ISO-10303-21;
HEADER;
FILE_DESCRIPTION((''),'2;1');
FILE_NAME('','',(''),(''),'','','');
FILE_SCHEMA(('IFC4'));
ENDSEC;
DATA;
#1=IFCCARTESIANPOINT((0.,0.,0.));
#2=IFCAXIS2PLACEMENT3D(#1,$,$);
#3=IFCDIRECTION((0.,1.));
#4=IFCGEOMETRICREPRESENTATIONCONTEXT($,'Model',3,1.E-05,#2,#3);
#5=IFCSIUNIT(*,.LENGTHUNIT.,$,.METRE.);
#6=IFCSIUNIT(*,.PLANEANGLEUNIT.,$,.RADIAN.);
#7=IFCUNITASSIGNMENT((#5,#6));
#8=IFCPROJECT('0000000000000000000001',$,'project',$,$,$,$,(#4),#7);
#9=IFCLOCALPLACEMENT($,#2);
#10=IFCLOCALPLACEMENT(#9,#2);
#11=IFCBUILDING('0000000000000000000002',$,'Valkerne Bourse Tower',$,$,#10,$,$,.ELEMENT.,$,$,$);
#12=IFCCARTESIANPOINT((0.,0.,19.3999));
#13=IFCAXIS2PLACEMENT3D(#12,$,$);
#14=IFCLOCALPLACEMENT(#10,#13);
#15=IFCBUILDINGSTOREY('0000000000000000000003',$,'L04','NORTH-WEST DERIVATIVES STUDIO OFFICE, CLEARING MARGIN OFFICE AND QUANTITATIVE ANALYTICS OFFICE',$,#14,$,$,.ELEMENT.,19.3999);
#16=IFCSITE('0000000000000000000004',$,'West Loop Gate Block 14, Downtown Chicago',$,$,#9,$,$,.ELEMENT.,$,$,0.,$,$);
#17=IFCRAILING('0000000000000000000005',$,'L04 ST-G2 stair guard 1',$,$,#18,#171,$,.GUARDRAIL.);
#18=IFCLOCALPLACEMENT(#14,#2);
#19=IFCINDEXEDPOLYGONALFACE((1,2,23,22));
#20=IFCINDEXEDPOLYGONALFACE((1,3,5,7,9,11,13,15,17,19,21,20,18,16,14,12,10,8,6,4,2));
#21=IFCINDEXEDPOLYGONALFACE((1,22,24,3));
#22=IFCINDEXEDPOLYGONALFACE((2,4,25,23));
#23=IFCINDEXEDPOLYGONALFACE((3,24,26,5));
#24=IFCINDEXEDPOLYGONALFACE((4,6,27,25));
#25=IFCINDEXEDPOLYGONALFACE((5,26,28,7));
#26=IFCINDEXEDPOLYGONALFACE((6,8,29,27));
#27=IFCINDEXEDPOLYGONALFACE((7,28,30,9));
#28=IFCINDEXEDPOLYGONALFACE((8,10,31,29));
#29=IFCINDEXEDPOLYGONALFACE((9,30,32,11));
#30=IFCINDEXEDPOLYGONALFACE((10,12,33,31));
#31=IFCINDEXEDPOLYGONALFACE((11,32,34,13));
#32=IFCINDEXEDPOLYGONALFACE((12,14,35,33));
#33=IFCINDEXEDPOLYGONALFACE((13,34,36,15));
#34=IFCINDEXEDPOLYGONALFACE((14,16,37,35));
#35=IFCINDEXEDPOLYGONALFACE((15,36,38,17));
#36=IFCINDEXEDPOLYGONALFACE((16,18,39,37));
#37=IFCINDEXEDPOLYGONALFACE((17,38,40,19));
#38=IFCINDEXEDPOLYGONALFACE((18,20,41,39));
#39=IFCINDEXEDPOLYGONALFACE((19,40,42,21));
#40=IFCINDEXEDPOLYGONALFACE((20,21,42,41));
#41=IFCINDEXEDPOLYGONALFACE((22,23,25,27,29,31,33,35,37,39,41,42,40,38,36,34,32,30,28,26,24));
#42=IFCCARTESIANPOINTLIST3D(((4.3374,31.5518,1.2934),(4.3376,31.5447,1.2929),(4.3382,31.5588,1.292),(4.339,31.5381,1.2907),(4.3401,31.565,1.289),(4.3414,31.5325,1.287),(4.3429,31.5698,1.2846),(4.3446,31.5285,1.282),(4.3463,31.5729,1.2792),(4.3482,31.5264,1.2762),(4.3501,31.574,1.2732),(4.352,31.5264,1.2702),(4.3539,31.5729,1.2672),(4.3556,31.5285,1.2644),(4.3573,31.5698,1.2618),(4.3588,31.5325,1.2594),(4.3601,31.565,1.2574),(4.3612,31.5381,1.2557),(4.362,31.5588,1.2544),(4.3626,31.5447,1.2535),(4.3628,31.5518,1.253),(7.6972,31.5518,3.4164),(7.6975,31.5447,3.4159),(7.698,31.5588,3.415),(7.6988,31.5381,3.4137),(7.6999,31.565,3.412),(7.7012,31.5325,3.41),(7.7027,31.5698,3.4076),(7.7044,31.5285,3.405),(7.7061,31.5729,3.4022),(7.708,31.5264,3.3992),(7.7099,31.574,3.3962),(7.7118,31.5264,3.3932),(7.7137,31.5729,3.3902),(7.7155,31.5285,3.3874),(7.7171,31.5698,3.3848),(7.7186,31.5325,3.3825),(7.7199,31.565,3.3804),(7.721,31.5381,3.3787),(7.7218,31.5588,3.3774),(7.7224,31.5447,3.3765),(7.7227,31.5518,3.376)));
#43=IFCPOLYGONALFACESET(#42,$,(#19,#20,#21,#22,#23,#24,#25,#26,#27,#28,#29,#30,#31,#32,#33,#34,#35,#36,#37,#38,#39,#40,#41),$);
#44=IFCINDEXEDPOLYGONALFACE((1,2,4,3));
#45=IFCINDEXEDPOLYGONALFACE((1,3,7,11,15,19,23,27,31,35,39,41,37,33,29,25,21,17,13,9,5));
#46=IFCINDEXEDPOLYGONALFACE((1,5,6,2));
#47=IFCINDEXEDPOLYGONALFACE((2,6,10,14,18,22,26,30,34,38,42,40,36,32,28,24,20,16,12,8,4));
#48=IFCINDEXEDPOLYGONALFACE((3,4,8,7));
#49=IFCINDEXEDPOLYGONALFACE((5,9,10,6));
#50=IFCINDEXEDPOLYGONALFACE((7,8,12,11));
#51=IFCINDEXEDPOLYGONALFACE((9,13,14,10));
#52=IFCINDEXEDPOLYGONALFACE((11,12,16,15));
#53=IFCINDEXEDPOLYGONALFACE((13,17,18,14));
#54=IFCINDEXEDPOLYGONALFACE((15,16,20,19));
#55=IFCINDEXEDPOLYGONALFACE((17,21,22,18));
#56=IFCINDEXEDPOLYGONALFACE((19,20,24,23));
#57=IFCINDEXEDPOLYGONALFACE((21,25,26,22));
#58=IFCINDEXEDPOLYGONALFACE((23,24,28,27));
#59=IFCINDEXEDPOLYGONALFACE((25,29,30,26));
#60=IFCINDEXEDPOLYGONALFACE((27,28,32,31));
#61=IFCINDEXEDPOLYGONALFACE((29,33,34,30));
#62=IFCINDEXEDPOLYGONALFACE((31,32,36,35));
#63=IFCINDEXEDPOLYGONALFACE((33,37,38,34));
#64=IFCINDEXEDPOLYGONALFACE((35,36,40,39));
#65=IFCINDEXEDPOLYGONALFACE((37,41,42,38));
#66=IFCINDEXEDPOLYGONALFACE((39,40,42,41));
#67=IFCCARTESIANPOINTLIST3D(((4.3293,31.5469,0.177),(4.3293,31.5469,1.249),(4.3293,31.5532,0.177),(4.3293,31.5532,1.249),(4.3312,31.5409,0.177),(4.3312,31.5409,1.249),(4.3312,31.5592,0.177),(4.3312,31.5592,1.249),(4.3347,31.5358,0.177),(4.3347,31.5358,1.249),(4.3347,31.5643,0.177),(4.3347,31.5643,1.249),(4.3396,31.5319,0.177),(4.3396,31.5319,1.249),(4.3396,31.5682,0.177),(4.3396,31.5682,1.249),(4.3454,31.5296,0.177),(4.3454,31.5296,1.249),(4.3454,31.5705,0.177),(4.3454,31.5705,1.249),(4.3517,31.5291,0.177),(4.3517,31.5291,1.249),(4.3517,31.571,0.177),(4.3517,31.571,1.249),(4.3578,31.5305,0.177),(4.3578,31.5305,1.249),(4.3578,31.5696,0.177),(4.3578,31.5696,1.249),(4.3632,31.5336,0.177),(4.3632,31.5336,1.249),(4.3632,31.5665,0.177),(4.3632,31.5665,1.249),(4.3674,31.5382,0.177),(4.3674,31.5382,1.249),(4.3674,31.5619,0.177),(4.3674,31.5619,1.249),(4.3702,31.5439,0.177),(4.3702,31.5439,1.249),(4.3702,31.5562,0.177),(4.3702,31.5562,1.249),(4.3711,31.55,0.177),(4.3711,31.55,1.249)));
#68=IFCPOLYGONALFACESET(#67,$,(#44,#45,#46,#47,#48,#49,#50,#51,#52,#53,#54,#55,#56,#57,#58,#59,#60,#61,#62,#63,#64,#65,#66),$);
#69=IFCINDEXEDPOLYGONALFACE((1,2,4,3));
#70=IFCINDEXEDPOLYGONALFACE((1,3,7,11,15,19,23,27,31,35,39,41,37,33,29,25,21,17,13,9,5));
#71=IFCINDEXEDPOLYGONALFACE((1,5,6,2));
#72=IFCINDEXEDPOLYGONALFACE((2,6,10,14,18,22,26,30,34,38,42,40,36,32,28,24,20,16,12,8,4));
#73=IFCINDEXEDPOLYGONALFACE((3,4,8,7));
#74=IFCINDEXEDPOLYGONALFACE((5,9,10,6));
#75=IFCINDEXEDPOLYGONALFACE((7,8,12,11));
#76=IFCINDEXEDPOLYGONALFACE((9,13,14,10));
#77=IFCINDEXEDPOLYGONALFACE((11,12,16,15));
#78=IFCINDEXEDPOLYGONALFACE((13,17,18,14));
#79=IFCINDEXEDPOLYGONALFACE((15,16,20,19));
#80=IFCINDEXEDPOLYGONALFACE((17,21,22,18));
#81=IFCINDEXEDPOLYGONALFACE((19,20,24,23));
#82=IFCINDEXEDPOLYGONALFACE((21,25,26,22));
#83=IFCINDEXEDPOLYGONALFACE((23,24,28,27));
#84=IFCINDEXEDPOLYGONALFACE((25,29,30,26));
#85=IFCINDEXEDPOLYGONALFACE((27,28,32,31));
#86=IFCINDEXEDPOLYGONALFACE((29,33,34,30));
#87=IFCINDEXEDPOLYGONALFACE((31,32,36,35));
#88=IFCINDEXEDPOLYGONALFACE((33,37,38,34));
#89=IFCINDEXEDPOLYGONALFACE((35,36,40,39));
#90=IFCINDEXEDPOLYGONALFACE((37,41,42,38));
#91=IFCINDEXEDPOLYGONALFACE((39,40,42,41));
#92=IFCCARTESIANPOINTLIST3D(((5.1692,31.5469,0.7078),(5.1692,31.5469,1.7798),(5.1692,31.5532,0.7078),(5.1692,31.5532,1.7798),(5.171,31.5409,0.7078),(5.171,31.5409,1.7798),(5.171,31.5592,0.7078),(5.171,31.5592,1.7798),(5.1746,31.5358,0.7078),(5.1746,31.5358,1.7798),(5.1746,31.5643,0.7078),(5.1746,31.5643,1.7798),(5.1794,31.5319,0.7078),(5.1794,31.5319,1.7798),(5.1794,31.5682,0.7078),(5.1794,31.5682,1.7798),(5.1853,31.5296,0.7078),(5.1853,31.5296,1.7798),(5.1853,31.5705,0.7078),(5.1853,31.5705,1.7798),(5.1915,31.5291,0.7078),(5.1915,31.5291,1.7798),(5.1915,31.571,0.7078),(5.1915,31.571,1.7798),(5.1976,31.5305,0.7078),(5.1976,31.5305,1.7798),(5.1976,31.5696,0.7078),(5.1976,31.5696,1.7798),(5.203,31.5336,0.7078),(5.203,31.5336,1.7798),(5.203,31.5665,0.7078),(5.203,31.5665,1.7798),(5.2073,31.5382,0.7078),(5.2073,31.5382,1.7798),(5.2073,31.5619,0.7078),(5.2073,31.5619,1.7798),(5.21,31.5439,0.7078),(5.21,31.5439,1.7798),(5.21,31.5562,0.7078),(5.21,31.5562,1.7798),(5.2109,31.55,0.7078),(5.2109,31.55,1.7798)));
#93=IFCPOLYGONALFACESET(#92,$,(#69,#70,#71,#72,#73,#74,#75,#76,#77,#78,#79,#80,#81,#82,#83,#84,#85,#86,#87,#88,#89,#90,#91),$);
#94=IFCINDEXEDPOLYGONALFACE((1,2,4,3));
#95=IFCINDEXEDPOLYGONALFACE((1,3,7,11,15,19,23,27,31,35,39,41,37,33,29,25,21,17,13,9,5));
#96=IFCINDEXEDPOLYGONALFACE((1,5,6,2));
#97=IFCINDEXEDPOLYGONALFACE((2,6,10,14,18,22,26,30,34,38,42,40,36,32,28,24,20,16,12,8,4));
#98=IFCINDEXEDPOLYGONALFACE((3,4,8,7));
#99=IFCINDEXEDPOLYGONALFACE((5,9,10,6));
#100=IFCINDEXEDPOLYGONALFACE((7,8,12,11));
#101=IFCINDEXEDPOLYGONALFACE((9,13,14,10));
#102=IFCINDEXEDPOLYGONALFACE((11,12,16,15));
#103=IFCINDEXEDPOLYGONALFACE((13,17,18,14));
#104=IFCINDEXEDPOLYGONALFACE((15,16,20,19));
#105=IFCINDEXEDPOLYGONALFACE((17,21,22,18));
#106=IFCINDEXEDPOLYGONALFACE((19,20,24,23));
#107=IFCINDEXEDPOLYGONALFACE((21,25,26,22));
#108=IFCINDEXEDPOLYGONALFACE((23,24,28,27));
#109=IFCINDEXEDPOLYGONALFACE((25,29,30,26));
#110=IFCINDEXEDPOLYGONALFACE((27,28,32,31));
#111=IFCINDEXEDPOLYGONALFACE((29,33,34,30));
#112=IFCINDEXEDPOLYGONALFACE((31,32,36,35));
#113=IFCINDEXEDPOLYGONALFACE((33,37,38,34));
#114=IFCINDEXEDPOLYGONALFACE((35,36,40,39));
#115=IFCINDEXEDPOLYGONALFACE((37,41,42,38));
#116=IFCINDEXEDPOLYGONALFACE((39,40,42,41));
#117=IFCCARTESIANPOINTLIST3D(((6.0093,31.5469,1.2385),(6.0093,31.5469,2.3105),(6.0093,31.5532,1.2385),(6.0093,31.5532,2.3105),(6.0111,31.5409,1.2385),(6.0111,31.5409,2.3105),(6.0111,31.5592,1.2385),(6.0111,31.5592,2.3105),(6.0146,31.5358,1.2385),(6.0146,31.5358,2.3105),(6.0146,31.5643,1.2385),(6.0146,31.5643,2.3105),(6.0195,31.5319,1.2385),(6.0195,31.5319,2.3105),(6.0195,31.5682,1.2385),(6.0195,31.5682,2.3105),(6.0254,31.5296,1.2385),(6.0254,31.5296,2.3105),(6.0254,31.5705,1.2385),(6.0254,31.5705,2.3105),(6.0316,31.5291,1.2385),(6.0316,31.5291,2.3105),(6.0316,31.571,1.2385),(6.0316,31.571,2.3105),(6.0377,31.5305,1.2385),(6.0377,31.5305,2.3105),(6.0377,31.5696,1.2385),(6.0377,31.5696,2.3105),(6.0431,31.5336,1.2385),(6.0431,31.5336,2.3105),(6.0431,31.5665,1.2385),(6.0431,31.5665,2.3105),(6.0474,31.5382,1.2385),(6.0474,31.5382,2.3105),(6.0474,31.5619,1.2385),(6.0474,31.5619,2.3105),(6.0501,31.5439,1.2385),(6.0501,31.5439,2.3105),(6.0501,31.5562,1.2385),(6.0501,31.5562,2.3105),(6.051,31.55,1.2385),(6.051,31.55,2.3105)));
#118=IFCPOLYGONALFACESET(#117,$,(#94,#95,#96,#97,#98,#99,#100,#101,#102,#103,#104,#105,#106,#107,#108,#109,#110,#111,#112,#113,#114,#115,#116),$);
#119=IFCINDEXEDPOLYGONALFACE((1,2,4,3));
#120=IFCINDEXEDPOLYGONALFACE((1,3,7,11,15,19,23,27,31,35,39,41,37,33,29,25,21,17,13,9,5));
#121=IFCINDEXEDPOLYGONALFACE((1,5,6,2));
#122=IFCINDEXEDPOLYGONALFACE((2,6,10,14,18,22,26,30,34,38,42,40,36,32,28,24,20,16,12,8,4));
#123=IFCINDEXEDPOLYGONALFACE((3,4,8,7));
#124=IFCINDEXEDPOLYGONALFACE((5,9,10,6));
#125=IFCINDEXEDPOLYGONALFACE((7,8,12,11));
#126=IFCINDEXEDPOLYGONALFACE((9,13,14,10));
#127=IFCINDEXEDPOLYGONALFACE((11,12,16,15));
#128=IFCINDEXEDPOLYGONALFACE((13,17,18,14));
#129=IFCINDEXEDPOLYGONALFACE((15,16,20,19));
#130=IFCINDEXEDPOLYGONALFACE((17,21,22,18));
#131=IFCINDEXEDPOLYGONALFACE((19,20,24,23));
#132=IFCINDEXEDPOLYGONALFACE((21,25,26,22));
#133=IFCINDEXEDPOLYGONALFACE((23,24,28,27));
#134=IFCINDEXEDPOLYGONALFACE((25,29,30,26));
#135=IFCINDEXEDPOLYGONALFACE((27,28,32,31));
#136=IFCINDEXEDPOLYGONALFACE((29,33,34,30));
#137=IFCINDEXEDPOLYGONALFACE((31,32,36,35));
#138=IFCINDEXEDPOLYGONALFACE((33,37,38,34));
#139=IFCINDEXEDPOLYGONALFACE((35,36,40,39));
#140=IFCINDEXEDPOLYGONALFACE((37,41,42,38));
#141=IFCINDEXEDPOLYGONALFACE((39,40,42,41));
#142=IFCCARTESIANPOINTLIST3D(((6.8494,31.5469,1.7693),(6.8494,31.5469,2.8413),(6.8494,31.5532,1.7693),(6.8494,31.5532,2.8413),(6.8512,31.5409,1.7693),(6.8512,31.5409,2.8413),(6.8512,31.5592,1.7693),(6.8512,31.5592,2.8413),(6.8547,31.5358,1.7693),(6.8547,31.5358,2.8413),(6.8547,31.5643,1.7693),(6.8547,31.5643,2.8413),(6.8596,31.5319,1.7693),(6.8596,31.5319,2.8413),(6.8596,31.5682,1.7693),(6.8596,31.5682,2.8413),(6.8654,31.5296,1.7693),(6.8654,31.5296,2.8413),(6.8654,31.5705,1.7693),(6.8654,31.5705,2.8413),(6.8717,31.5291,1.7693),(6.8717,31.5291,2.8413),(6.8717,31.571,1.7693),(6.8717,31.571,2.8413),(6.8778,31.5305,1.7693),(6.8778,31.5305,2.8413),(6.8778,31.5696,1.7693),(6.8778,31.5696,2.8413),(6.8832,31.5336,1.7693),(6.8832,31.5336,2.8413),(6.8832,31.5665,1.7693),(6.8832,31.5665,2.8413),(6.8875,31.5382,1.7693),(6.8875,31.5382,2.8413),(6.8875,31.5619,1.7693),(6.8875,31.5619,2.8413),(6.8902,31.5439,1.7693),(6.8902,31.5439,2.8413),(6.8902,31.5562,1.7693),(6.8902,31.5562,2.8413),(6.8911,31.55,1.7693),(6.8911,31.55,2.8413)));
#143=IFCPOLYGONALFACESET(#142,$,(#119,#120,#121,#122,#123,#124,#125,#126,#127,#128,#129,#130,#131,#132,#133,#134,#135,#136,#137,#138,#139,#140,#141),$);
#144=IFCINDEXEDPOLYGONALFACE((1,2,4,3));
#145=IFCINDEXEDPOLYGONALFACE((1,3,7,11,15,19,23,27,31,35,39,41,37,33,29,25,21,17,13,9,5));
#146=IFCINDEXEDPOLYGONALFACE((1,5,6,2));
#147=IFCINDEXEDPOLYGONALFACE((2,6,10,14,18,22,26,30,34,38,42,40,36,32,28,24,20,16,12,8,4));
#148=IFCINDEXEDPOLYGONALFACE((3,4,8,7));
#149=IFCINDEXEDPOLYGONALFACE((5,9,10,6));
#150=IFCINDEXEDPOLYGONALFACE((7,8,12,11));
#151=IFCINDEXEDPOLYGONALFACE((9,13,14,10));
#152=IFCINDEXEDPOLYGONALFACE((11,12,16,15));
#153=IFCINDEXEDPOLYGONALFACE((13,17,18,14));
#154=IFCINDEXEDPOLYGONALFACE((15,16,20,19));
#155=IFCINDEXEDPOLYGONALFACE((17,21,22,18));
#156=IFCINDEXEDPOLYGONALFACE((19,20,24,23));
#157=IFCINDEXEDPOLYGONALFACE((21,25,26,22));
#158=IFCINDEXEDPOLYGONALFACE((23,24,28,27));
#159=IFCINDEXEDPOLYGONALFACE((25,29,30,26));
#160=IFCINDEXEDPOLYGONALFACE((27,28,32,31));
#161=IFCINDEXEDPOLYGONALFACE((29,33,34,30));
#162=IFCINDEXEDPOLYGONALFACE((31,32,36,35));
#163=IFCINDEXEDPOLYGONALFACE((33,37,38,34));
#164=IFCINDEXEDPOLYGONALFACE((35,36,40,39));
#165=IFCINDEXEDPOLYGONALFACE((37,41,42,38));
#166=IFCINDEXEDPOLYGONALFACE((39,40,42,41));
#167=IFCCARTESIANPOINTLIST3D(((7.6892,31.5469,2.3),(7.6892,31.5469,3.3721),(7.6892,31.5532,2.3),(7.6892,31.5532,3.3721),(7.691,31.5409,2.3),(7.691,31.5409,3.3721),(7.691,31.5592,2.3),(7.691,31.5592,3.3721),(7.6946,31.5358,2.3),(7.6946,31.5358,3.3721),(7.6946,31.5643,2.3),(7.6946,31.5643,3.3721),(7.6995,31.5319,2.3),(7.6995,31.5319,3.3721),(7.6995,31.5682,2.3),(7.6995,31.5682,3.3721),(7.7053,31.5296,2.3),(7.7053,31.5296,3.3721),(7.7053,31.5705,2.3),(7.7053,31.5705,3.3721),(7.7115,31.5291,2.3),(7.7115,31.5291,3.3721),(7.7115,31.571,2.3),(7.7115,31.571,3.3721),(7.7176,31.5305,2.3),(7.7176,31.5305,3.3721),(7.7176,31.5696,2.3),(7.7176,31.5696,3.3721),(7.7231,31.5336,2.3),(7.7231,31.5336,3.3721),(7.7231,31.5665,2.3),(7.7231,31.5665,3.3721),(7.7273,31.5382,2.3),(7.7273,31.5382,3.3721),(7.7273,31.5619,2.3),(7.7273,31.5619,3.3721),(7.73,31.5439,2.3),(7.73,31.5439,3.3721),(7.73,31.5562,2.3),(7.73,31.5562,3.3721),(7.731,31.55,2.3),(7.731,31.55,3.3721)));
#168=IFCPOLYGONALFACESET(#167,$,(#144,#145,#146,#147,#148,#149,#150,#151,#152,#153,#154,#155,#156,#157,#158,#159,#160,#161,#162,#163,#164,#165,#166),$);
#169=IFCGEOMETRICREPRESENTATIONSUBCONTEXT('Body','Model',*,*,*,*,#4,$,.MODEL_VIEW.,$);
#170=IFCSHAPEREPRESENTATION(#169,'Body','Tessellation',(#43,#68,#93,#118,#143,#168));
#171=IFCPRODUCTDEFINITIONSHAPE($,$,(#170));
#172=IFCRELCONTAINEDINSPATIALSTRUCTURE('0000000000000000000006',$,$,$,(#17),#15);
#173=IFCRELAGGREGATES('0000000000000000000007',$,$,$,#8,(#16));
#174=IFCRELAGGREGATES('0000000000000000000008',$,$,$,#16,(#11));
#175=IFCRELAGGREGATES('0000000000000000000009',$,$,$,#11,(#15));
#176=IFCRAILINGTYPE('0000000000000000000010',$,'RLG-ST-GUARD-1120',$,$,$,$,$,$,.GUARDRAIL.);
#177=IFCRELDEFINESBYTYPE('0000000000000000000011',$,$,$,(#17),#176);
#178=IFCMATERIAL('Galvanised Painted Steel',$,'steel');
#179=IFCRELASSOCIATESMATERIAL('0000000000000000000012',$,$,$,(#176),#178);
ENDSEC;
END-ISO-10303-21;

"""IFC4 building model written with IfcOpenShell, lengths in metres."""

from ifc_helpers import new_model, si_unit, direction, frame, origin, origin_2d, place, context, subcontext, project, spatial, circle, extrude, material, type_object, element, save


model = new_model("IFC4")

# Units and contexts
model_context = context("Model", 3, precision=1e-05, world=origin(), true_north=direction((0.0, 1.0)))
body_context = subcontext(model_context, "Body", "Model", "MODEL_VIEW")
ifc_project = project(units=[si_unit("LENGTHUNIT", "METRE"), si_unit("PLANEANGLEUNIT", "RADIAN")], contexts=[model_context])

# Site, building, storey
site_placement = place(None, origin())
site = spatial("IfcSite", under=ifc_project, at=site_placement, Name="West Loop Gate Block 14, Downtown Chicago", CompositionType="ELEMENT", RefElevation=0.0)
building_placement = place(site_placement, origin())
building = spatial("IfcBuilding", under=site, at=building_placement, Name="Valkerne Bourse Tower", CompositionType="ELEMENT")
storey_placement = place(building_placement, frame((0.0, 0.0, 19.3999)))
storey = spatial("IfcBuildingStorey", under=building, at=storey_placement, Name="L04", Description="NORTH-WEST DERIVATIVES STUDIO OFFICE, CLEARING MARGIN OFFICE AND QUANTITATIVE ANALYTICS OFFICE", CompositionType="ELEMENT", Elevation=19.3999)

# Shared definitions
ifc_material_1 = material(Name="Galvanised Painted Steel", Category="steel")

# Railing
railing_type_1 = type_object("IfcRailingType", Name="RLG-ST-GUARD-1120", PredefinedType="GUARDRAIL", material=ifc_material_1)
railing_1_placement = place(storey_placement, frame((4.3501, 31.55, 0.177)))
element("IfcRailing", 1, at=railing_1_placement, inside=storey, type_object=railing_type_1, Name="L04 ST-G2 stair guard 1", PredefinedType="GUARDRAIL", context=body_context, shape_type="SweptSolid", body=[
    extrude(circle(Radius=0.0239, at=origin_2d()), frame((0.0, 0.0, 1.0962), z_axis=(0.845372, 0.0, 0.534178), x_axis=(0.0, 1.0, 0.0)), (0.0, 0.0, 1.0), 3.9744),
    extrude(circle(Radius=0.021, at=origin_2d()), origin(), (0.0, 0.0, 1.0), 1.072),
    extrude(circle(Radius=0.021, at=origin_2d()), frame((0.8398, 0.0, 0.5308)), (0.0, 0.0, 1.0), 1.072),
    extrude(circle(Radius=0.021, at=origin_2d()), frame((1.6799, 0.0, 1.0615)), (0.0, 0.0, 1.0), 1.072),
    extrude(circle(Radius=0.021, at=origin_2d()), frame((2.52, 0.0, 1.5923)), (0.0, 0.0, 1.0), 1.072),
    extrude(circle(Radius=0.021, at=origin_2d()), frame((3.3599, 0.0, 2.123)), (0.0, 0.0, 1.0), 1.072),
])

save(model, "model.ifc")
